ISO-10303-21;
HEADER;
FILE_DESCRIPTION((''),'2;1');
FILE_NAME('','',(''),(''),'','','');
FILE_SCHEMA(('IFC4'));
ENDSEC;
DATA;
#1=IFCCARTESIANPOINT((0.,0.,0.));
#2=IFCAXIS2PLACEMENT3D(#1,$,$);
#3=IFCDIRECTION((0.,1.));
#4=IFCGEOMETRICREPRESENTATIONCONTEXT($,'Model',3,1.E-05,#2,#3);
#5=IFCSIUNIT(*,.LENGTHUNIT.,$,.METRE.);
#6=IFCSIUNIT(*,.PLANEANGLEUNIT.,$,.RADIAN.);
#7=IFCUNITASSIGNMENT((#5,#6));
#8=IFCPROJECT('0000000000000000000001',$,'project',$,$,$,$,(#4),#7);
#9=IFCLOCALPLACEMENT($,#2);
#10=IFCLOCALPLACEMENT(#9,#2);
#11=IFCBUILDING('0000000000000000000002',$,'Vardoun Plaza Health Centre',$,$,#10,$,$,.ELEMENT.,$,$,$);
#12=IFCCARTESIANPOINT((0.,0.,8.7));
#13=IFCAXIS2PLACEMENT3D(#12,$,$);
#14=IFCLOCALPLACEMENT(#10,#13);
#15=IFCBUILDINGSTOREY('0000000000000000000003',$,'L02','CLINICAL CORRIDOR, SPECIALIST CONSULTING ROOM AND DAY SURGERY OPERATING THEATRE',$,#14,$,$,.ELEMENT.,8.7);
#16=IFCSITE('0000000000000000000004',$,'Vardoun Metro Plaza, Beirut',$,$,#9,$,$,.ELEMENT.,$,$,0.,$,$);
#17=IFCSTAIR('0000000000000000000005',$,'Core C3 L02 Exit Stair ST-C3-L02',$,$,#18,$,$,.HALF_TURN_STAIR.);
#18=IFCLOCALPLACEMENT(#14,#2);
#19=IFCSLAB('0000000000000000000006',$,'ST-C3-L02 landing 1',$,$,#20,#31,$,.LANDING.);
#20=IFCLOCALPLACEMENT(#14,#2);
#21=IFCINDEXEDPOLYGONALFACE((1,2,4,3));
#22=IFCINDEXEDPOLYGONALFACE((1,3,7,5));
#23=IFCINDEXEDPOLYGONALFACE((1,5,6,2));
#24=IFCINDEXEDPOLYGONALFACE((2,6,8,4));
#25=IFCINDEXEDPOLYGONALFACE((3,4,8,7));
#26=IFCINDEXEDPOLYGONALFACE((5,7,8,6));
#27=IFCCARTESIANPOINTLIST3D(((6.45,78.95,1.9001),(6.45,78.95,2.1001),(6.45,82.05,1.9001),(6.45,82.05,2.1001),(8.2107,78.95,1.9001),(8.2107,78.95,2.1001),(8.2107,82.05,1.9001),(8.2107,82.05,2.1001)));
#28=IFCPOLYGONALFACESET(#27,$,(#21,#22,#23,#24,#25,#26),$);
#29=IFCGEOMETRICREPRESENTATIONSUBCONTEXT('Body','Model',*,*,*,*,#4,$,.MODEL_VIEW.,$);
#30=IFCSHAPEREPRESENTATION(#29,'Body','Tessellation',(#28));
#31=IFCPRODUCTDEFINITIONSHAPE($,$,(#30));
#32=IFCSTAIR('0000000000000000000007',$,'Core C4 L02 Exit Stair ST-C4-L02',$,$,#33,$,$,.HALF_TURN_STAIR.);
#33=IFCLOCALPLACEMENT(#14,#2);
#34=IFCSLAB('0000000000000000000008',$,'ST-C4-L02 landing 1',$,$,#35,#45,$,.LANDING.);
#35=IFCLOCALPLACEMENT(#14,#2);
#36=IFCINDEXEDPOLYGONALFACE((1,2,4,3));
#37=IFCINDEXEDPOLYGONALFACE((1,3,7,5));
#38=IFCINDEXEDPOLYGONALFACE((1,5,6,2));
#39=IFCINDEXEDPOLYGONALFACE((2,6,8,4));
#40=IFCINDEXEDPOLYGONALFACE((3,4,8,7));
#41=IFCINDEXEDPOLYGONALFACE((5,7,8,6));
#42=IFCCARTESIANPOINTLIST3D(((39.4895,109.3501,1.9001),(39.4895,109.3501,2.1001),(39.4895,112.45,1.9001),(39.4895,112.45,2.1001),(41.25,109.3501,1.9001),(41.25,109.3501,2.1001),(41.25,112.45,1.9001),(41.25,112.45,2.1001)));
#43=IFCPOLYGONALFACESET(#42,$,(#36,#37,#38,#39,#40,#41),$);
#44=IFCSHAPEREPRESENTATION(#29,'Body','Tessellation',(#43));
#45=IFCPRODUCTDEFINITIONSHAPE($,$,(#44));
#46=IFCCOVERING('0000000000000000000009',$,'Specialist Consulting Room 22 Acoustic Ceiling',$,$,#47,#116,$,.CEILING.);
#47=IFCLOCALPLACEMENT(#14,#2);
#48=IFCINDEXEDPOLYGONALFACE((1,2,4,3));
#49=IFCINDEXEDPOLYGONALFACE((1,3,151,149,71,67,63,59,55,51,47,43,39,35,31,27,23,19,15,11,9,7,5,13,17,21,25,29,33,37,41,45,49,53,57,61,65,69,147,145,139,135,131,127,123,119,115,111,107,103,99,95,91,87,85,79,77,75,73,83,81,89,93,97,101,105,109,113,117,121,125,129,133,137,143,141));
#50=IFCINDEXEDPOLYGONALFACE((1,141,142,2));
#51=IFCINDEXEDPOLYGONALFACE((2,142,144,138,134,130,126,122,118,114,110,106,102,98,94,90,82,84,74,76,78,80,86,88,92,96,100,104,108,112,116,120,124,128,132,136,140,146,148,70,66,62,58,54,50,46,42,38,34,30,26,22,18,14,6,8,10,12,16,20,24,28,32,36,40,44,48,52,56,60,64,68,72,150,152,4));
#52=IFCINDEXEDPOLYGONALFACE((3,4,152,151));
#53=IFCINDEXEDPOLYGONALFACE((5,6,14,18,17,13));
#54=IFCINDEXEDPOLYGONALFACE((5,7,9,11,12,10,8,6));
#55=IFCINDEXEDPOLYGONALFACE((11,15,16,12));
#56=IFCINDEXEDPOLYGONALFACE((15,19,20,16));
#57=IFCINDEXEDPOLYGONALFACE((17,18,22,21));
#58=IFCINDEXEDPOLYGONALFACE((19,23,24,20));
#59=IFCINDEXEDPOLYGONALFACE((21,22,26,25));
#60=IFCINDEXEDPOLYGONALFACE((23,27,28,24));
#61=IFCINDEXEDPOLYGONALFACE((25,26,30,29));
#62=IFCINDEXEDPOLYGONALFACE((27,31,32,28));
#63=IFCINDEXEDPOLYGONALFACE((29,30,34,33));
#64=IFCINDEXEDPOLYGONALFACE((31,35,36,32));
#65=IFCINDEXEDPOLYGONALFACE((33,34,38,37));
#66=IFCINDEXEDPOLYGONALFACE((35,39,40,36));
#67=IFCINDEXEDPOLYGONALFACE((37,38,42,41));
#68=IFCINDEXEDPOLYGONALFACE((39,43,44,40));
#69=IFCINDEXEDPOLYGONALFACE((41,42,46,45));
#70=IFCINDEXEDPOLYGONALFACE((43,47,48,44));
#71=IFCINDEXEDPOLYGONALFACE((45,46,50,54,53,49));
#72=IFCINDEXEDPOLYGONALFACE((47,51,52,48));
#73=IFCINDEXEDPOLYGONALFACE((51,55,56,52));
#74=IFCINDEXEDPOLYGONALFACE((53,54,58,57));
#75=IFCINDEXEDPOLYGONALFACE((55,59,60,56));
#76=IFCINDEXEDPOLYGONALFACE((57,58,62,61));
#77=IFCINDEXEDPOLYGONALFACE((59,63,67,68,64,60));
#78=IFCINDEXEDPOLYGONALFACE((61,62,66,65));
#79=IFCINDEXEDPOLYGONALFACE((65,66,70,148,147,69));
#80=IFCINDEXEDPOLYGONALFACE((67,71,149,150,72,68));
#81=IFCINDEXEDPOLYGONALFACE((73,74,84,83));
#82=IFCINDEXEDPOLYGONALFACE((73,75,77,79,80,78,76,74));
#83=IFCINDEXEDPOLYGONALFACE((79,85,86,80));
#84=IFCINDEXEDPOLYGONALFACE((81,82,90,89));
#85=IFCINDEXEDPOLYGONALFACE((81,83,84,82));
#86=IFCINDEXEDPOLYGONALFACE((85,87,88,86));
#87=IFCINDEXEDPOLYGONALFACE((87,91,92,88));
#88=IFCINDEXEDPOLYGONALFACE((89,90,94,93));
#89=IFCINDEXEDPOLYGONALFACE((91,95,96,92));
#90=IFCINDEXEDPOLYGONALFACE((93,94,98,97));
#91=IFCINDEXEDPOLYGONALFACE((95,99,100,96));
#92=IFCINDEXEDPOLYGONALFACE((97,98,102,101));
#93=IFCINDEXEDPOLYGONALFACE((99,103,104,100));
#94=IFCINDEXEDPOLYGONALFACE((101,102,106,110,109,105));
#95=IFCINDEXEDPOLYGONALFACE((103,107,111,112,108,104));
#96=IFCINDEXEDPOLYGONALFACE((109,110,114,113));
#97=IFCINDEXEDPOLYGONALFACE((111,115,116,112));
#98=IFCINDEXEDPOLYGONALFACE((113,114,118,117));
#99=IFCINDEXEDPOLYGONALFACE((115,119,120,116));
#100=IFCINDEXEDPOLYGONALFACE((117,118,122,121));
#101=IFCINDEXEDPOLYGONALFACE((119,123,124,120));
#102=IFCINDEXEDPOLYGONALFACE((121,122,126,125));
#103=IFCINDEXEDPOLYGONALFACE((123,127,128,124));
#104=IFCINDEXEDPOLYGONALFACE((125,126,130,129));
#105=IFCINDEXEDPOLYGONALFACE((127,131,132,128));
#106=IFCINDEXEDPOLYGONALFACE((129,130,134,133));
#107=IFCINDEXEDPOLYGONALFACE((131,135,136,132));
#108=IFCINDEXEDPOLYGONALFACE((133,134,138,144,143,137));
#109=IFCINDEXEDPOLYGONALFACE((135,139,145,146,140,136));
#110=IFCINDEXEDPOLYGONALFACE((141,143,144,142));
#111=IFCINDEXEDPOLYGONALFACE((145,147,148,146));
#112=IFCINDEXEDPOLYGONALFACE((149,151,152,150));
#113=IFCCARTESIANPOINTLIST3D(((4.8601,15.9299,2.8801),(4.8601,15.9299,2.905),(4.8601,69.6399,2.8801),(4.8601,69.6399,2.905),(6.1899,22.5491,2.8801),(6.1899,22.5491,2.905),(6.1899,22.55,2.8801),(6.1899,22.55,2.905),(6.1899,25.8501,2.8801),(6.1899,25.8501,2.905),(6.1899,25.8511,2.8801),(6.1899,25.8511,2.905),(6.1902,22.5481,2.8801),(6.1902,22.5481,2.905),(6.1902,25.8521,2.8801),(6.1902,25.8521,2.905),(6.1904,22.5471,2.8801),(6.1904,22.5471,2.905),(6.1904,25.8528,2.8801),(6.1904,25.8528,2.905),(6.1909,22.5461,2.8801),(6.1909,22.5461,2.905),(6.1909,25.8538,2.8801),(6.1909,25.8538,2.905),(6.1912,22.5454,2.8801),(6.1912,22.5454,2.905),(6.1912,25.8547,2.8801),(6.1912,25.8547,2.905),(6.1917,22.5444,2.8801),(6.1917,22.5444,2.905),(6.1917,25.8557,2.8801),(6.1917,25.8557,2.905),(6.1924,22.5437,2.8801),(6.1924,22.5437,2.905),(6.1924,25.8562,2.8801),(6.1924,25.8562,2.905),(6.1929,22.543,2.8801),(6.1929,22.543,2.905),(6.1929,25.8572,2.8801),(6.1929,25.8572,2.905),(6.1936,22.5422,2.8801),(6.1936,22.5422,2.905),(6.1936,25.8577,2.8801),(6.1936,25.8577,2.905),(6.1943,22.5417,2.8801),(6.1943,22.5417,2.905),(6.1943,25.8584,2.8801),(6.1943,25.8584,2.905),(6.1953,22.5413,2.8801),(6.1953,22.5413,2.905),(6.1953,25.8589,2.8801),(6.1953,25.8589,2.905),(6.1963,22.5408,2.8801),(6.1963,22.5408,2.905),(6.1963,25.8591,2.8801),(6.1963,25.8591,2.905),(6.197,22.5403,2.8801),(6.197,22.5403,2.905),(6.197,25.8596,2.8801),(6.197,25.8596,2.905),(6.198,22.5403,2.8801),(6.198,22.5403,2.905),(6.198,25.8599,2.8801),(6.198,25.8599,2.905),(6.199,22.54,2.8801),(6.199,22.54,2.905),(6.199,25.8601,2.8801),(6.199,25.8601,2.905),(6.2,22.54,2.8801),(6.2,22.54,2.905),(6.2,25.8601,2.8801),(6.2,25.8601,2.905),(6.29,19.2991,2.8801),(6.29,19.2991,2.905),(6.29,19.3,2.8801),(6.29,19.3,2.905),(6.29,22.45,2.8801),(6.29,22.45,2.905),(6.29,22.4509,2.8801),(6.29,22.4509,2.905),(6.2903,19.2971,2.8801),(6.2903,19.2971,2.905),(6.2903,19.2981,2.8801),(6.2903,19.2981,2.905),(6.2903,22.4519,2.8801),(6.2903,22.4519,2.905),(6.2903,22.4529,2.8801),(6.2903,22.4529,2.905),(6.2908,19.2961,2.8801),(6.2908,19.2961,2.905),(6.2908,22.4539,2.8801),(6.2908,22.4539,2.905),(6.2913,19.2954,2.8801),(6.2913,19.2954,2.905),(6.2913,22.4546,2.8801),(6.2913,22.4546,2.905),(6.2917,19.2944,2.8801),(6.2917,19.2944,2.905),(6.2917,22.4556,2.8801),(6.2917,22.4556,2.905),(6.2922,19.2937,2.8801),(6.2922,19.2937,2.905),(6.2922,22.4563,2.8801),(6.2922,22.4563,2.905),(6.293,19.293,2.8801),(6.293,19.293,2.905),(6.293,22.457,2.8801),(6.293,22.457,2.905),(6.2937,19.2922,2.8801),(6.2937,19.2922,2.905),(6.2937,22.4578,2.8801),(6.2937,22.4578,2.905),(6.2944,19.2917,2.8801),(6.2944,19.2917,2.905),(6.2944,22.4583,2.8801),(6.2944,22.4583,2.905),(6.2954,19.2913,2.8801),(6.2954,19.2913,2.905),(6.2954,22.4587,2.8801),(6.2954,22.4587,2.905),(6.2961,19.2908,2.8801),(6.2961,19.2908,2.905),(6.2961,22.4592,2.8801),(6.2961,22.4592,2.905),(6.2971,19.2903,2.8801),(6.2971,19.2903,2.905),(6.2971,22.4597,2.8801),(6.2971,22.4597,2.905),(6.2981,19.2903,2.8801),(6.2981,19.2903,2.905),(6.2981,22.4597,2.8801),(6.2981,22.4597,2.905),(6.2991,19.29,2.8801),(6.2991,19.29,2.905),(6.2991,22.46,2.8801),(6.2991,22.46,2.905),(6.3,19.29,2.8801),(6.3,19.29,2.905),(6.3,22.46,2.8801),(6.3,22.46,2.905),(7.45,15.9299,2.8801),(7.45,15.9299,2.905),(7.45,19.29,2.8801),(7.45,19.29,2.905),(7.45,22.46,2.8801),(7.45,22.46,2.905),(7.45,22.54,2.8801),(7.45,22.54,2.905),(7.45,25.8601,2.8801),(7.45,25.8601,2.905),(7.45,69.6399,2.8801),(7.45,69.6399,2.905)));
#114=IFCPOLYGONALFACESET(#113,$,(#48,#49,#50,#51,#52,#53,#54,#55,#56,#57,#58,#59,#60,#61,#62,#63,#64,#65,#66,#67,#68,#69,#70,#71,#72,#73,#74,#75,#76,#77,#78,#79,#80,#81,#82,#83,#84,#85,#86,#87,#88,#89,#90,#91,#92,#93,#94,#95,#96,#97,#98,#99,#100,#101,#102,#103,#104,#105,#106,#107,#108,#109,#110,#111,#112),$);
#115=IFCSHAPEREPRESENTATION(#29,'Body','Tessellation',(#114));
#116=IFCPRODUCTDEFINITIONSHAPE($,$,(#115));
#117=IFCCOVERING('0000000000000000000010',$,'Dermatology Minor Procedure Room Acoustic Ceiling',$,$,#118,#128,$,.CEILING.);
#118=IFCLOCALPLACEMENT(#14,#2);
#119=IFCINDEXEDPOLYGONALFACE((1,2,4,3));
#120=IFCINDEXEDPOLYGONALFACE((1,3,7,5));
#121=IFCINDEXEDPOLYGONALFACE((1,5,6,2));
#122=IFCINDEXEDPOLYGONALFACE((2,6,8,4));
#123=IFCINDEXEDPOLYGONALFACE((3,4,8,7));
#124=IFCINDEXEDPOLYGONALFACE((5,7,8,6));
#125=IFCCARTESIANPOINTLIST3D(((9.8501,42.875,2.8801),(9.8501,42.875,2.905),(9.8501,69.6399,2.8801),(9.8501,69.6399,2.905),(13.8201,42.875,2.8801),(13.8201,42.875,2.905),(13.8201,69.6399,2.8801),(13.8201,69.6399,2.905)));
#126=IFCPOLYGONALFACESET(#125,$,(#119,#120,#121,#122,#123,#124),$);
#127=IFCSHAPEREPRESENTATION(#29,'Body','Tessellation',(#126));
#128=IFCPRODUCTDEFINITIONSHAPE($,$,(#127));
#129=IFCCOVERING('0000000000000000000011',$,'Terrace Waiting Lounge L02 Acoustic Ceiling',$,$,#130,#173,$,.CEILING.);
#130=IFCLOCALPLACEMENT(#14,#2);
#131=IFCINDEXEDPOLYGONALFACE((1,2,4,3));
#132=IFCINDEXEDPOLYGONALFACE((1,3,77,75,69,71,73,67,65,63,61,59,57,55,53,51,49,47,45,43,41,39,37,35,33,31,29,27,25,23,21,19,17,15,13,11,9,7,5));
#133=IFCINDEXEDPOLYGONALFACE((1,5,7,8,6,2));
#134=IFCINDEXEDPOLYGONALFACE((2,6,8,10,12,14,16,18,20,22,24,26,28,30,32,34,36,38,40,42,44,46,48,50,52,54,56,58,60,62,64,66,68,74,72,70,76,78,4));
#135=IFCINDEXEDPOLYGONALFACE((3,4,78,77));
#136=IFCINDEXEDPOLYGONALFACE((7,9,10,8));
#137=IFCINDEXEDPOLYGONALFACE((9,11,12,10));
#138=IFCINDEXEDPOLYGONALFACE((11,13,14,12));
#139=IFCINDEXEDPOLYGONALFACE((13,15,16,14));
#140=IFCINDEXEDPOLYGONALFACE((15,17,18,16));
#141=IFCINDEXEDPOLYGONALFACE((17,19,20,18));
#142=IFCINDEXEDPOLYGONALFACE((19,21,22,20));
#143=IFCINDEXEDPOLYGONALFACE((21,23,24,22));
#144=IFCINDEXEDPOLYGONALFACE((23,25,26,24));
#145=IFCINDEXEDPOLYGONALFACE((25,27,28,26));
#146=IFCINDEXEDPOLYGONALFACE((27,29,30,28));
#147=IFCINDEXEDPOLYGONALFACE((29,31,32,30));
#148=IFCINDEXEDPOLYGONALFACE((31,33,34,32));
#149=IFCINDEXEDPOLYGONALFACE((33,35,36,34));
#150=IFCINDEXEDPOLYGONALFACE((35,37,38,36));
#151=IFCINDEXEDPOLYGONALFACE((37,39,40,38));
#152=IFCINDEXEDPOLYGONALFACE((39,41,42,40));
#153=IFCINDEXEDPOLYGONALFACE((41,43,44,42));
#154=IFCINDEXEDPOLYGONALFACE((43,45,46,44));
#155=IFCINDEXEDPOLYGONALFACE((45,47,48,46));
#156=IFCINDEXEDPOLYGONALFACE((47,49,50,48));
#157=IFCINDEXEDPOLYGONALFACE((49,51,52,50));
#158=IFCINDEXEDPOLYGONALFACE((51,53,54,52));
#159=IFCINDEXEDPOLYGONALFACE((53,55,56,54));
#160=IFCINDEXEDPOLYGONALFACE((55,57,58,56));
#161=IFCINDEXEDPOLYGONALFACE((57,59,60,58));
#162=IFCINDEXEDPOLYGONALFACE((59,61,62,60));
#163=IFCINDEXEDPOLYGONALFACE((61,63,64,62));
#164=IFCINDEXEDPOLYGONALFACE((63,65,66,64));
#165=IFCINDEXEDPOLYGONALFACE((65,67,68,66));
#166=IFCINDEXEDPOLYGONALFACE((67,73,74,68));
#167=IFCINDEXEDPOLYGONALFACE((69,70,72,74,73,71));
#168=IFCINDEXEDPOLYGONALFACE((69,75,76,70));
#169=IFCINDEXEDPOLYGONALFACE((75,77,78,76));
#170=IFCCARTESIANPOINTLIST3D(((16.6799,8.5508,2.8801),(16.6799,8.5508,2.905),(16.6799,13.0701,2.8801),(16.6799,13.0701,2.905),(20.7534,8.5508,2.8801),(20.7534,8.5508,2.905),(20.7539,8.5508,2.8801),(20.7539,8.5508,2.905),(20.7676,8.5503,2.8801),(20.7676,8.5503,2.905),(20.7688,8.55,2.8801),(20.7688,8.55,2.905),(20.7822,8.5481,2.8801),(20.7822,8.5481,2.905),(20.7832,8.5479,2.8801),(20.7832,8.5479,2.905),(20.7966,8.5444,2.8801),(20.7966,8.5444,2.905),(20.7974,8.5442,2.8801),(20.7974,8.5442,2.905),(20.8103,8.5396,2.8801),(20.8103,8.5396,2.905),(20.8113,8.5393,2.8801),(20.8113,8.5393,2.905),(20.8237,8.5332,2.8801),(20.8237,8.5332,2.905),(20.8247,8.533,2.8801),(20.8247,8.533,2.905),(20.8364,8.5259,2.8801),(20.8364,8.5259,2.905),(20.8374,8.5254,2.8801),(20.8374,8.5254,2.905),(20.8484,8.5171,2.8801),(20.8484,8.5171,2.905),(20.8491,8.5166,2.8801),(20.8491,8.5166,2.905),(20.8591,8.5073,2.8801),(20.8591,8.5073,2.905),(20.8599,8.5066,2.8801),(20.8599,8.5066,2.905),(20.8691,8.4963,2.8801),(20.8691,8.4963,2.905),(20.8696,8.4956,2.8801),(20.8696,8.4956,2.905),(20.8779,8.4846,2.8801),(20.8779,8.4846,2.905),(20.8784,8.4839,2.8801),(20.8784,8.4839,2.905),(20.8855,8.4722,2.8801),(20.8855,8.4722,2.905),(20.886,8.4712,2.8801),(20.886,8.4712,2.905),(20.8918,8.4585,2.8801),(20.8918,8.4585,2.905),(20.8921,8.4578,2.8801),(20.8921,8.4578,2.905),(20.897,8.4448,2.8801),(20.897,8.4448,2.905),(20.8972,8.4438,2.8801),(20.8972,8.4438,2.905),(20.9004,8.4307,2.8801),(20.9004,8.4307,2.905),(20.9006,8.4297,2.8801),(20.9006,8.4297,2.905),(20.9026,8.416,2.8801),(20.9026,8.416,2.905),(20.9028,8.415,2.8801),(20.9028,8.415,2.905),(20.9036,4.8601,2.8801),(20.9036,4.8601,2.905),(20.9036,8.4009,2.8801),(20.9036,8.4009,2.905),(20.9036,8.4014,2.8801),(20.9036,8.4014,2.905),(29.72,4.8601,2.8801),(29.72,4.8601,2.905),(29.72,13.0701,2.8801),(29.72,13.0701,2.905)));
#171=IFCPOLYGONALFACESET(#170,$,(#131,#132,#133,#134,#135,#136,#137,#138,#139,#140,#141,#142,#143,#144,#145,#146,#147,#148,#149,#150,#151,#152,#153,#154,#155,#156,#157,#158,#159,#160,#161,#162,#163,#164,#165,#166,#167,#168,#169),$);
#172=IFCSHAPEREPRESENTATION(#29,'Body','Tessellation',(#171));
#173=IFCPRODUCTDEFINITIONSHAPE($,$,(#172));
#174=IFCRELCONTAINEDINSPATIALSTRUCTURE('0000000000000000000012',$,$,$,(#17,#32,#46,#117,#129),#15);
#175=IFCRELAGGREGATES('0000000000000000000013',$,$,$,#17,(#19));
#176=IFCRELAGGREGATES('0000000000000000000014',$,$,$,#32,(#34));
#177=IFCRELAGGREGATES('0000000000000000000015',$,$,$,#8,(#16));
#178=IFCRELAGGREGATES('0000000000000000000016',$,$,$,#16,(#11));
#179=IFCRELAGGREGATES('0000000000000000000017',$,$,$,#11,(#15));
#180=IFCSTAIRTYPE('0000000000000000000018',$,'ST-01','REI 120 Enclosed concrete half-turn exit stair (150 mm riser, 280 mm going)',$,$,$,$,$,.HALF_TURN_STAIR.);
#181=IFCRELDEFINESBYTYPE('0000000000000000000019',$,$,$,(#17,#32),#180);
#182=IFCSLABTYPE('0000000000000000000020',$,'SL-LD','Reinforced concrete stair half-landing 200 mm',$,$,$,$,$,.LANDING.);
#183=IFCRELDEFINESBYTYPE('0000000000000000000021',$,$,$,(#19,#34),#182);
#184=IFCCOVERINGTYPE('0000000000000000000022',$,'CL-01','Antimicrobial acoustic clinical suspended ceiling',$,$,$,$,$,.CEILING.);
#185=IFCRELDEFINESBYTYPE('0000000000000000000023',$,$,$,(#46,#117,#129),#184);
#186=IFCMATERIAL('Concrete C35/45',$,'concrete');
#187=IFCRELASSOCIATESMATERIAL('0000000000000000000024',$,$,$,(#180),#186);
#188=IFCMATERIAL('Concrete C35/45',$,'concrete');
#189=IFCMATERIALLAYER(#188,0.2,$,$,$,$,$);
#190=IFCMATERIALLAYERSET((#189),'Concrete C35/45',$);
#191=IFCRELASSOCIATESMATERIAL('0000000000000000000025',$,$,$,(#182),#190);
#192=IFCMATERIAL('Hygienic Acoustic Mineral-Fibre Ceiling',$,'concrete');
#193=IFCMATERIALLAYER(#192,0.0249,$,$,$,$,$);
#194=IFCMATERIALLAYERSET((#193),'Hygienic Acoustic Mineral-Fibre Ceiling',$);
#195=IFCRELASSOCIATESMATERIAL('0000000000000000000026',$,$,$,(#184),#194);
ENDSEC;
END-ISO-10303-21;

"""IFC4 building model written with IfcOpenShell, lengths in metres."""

from ifc_helpers import new_model, si_unit, direction, frame, origin, place, context, subcontext, project, spatial, polyline, outline, extrude, material, layer, layer_set, type_object, element, aggregate, save


model = new_model("IFC4")

# Units and contexts
model_context = context("Model", 3, precision=1e-05, world=origin(), true_north=direction((0.0, 1.0)))
body_context = subcontext(model_context, "Body", "Model", "MODEL_VIEW")
ifc_project = project(units=[si_unit("LENGTHUNIT", "METRE"), si_unit("PLANEANGLEUNIT", "RADIAN")], contexts=[model_context])

# Site, building, storey
site_placement = place(None, origin())
site = spatial("IfcSite", under=ifc_project, at=site_placement, Name="Vardoun Metro Plaza, Beirut", CompositionType="ELEMENT", RefElevation=0.0)
building_placement = place(site_placement, origin())
building = spatial("IfcBuilding", under=site, at=building_placement, Name="Vardoun Plaza Health Centre", CompositionType="ELEMENT")
storey_placement = place(building_placement, frame((0.0, 0.0, 8.7)))
storey = spatial("IfcBuildingStorey", under=building, at=storey_placement, Name="L02", Description="CLINICAL CORRIDOR, SPECIALIST CONSULTING ROOM AND DAY SURGERY OPERATING THEATRE", CompositionType="ELEMENT", Elevation=8.7)

# Stairs, slabs
ifc_material_1 = material(Name="Concrete C35/45", Category="concrete")
stair_type = type_object("IfcStairType", Name="ST-01", Description="REI 120 Enclosed concrete half-turn exit stair (150 mm riser, 280 mm going)", PredefinedType="HALF_TURN_STAIR", material=ifc_material_1)
stair_1_placement = place(storey_placement, origin())
stair_1 = element("IfcStair", 1, at=stair_1_placement, inside=storey, type_object=stair_type, Name="Core C3 L02 Exit Stair ST-C3-L02", PredefinedType="HALF_TURN_STAIR")
ifc_material_2 = material(Name="Concrete C35/45", Category="concrete")
ifc_layer_1 = layer(ifc_material_2, 0.2)
ifc_layer_set_1 = layer_set([ifc_layer_1], Name="Concrete C35/45")
slab_type = type_object("IfcSlabType", Name="SL-LD", Description="Reinforced concrete stair half-landing 200 mm", PredefinedType="LANDING", material=ifc_layer_set_1)
slab_1_placement = place(storey_placement, frame((0.0, 0.0, 1.9001)))
slab_1 = element("IfcSlab", 2, at=slab_1_placement, type_object=slab_type, Name="ST-C3-L02 landing 1", PredefinedType="LANDING", context=body_context, shape_type="SweptSolid", body=[
    extrude(outline(polyline([(6.45, 78.95), (8.2107, 78.95), (8.2107, 82.05), (6.45, 82.05), (6.45, 78.95)])), origin(), (0.0, 0.0, 1.0), 0.2),
])
aggregate(stair_1, [slab_1])
stair_2_placement = place(storey_placement, origin())
stair_2 = element("IfcStair", 3, at=stair_2_placement, inside=storey, type_object=stair_type, Name="Core C4 L02 Exit Stair ST-C4-L02", PredefinedType="HALF_TURN_STAIR")
slab_2_placement = place(storey_placement, frame((0.0, 0.0, 1.9001)))
slab_2 = element("IfcSlab", 4, at=slab_2_placement, type_object=slab_type, Name="ST-C4-L02 landing 1", PredefinedType="LANDING", context=body_context, shape_type="SweptSolid", body=[
    extrude(outline(polyline([(39.4895, 109.3501), (41.25, 109.3501), (41.25, 112.45), (39.4895, 112.45), (39.4895, 109.3501)])), origin(), (0.0, 0.0, 1.0), 0.2),
])
aggregate(stair_2, [slab_2])

# Coverings
ifc_material_3 = material(Name="Hygienic Acoustic Mineral-Fibre Ceiling", Category="concrete")
ifc_layer_2 = layer(ifc_material_3, 0.0249)
ifc_layer_set_2 = layer_set([ifc_layer_2], Name="Hygienic Acoustic Mineral-Fibre Ceiling")
covering_type_1 = type_object("IfcCoveringType", Name="CL-01", Description="Antimicrobial acoustic clinical suspended ceiling", PredefinedType="CEILING", material=ifc_layer_set_2)
covering_1_placement = place(storey_placement, frame((0.0, 0.0, 2.8801)))
element("IfcCovering", 5, at=covering_1_placement, inside=storey, type_object=covering_type_1, Name="Specialist Consulting Room 22 Acoustic Ceiling", PredefinedType="CEILING", context=body_context, shape_type="SweptSolid", body=[
    extrude(outline(polyline([(4.8601, 69.6399), (7.45, 69.6399), (7.45, 25.8601), (6.2, 25.8601), (6.199, 25.8601), (6.198, 25.8599), (6.197, 25.8596), (6.1963, 25.8591), (6.1953, 25.8589), (6.1943, 25.8584), (6.1936, 25.8577), (6.1929, 25.8572), (6.1924, 25.8562), (6.1917, 25.8557), (6.1912, 25.8547), (6.1909, 25.8538), (6.1904, 25.8528), (6.1902, 25.8521), (6.1899, 25.8511), (6.1899, 25.8501), (6.1899, 22.55), (6.1899, 22.5491), (6.1902, 22.5481), (6.1904, 22.5471), (6.1909, 22.5461), (6.1912, 22.5454), (6.1917, 22.5444), (6.1924, 22.5437), (6.1929, 22.543), (6.1936, 22.5422), (6.1943, 22.5417), (6.1953, 22.5413), (6.1963, 22.5408), (6.197, 22.5403), (6.198, 22.5403), (6.199, 22.54), (6.2, 22.54), (7.45, 22.54), (7.45, 22.46), (6.3, 22.46), (6.2991, 22.46), (6.2981, 22.4597), (6.2971, 22.4597), (6.2961, 22.4592), (6.2954, 22.4587), (6.2944, 22.4583), (6.2937, 22.4578), (6.293, 22.457), (6.2922, 22.4563), (6.2917, 22.4556), (6.2913, 22.4546), (6.2908, 22.4539), (6.2903, 22.4529), (6.2903, 22.4519), (6.29, 22.4509), (6.29, 22.45), (6.29, 19.3), (6.29, 19.2991), (6.2903, 19.2981), (6.2903, 19.2971), (6.2908, 19.2961), (6.2913, 19.2954), (6.2917, 19.2944), (6.2922, 19.2937), (6.293, 19.293), (6.2937, 19.2922), (6.2944, 19.2917), (6.2954, 19.2913), (6.2961, 19.2908), (6.2971, 19.2903), (6.2981, 19.2903), (6.2991, 19.29), (6.3, 19.29), (7.45, 19.29), (7.45, 15.9299), (4.8601, 15.9299), (4.8601, 69.6399)])), origin(), (0.0, 0.0, 1.0), 0.0249),
])
covering_2_placement = place(storey_placement, frame((0.0, 0.0, 2.8801)))
element("IfcCovering", 6, at=covering_2_placement, inside=storey, type_object=covering_type_1, Name="Dermatology Minor Procedure Room Acoustic Ceiling", PredefinedType="CEILING", context=body_context, shape_type="SweptSolid", body=[
    extrude(outline(polyline([(9.8501, 69.6399), (13.8201, 69.6399), (13.8201, 42.875), (9.8501, 42.875), (9.8501, 69.6399)])), origin(), (0.0, 0.0, 1.0), 0.0249),
])
covering_3_placement = place(storey_placement, frame((0.0, 0.0, 2.8801)))
element("IfcCovering", 7, at=covering_3_placement, inside=storey, type_object=covering_type_1, Name="Terrace Waiting Lounge L02 Acoustic Ceiling", PredefinedType="CEILING", context=body_context, shape_type="SweptSolid", body=[
    extrude(outline(polyline([(16.6799, 13.0701), (29.72, 13.0701), (29.72, 4.8601), (20.9036, 4.8601), (20.9036, 8.4009), (20.9036, 8.4014), (20.9028, 8.415), (20.9026, 8.416), (20.9006, 8.4297), (20.9004, 8.4307), (20.8972, 8.4438), (20.897, 8.4448), (20.8921, 8.4578), (20.8918, 8.4585), (20.886, 8.4712), (20.8855, 8.4722), (20.8784, 8.4839), (20.8779, 8.4846), (20.8696, 8.4956), (20.8691, 8.4963), (20.8599, 8.5066), (20.8591, 8.5073), (20.8491, 8.5166), (20.8484, 8.5171), (20.8374, 8.5254), (20.8364, 8.5259), (20.8247, 8.533), (20.8237, 8.5332), (20.8113, 8.5393), (20.8103, 8.5396), (20.7974, 8.5442), (20.7966, 8.5444), (20.7832, 8.5479), (20.7822, 8.5481), (20.7688, 8.55), (20.7676, 8.5503), (20.7539, 8.5508), (20.7534, 8.5508), (16.6799, 8.5508), (16.6799, 13.0701)])), origin(), (0.0, 0.0, 1.0), 0.0249),
])

save(model, "model.ifc")
